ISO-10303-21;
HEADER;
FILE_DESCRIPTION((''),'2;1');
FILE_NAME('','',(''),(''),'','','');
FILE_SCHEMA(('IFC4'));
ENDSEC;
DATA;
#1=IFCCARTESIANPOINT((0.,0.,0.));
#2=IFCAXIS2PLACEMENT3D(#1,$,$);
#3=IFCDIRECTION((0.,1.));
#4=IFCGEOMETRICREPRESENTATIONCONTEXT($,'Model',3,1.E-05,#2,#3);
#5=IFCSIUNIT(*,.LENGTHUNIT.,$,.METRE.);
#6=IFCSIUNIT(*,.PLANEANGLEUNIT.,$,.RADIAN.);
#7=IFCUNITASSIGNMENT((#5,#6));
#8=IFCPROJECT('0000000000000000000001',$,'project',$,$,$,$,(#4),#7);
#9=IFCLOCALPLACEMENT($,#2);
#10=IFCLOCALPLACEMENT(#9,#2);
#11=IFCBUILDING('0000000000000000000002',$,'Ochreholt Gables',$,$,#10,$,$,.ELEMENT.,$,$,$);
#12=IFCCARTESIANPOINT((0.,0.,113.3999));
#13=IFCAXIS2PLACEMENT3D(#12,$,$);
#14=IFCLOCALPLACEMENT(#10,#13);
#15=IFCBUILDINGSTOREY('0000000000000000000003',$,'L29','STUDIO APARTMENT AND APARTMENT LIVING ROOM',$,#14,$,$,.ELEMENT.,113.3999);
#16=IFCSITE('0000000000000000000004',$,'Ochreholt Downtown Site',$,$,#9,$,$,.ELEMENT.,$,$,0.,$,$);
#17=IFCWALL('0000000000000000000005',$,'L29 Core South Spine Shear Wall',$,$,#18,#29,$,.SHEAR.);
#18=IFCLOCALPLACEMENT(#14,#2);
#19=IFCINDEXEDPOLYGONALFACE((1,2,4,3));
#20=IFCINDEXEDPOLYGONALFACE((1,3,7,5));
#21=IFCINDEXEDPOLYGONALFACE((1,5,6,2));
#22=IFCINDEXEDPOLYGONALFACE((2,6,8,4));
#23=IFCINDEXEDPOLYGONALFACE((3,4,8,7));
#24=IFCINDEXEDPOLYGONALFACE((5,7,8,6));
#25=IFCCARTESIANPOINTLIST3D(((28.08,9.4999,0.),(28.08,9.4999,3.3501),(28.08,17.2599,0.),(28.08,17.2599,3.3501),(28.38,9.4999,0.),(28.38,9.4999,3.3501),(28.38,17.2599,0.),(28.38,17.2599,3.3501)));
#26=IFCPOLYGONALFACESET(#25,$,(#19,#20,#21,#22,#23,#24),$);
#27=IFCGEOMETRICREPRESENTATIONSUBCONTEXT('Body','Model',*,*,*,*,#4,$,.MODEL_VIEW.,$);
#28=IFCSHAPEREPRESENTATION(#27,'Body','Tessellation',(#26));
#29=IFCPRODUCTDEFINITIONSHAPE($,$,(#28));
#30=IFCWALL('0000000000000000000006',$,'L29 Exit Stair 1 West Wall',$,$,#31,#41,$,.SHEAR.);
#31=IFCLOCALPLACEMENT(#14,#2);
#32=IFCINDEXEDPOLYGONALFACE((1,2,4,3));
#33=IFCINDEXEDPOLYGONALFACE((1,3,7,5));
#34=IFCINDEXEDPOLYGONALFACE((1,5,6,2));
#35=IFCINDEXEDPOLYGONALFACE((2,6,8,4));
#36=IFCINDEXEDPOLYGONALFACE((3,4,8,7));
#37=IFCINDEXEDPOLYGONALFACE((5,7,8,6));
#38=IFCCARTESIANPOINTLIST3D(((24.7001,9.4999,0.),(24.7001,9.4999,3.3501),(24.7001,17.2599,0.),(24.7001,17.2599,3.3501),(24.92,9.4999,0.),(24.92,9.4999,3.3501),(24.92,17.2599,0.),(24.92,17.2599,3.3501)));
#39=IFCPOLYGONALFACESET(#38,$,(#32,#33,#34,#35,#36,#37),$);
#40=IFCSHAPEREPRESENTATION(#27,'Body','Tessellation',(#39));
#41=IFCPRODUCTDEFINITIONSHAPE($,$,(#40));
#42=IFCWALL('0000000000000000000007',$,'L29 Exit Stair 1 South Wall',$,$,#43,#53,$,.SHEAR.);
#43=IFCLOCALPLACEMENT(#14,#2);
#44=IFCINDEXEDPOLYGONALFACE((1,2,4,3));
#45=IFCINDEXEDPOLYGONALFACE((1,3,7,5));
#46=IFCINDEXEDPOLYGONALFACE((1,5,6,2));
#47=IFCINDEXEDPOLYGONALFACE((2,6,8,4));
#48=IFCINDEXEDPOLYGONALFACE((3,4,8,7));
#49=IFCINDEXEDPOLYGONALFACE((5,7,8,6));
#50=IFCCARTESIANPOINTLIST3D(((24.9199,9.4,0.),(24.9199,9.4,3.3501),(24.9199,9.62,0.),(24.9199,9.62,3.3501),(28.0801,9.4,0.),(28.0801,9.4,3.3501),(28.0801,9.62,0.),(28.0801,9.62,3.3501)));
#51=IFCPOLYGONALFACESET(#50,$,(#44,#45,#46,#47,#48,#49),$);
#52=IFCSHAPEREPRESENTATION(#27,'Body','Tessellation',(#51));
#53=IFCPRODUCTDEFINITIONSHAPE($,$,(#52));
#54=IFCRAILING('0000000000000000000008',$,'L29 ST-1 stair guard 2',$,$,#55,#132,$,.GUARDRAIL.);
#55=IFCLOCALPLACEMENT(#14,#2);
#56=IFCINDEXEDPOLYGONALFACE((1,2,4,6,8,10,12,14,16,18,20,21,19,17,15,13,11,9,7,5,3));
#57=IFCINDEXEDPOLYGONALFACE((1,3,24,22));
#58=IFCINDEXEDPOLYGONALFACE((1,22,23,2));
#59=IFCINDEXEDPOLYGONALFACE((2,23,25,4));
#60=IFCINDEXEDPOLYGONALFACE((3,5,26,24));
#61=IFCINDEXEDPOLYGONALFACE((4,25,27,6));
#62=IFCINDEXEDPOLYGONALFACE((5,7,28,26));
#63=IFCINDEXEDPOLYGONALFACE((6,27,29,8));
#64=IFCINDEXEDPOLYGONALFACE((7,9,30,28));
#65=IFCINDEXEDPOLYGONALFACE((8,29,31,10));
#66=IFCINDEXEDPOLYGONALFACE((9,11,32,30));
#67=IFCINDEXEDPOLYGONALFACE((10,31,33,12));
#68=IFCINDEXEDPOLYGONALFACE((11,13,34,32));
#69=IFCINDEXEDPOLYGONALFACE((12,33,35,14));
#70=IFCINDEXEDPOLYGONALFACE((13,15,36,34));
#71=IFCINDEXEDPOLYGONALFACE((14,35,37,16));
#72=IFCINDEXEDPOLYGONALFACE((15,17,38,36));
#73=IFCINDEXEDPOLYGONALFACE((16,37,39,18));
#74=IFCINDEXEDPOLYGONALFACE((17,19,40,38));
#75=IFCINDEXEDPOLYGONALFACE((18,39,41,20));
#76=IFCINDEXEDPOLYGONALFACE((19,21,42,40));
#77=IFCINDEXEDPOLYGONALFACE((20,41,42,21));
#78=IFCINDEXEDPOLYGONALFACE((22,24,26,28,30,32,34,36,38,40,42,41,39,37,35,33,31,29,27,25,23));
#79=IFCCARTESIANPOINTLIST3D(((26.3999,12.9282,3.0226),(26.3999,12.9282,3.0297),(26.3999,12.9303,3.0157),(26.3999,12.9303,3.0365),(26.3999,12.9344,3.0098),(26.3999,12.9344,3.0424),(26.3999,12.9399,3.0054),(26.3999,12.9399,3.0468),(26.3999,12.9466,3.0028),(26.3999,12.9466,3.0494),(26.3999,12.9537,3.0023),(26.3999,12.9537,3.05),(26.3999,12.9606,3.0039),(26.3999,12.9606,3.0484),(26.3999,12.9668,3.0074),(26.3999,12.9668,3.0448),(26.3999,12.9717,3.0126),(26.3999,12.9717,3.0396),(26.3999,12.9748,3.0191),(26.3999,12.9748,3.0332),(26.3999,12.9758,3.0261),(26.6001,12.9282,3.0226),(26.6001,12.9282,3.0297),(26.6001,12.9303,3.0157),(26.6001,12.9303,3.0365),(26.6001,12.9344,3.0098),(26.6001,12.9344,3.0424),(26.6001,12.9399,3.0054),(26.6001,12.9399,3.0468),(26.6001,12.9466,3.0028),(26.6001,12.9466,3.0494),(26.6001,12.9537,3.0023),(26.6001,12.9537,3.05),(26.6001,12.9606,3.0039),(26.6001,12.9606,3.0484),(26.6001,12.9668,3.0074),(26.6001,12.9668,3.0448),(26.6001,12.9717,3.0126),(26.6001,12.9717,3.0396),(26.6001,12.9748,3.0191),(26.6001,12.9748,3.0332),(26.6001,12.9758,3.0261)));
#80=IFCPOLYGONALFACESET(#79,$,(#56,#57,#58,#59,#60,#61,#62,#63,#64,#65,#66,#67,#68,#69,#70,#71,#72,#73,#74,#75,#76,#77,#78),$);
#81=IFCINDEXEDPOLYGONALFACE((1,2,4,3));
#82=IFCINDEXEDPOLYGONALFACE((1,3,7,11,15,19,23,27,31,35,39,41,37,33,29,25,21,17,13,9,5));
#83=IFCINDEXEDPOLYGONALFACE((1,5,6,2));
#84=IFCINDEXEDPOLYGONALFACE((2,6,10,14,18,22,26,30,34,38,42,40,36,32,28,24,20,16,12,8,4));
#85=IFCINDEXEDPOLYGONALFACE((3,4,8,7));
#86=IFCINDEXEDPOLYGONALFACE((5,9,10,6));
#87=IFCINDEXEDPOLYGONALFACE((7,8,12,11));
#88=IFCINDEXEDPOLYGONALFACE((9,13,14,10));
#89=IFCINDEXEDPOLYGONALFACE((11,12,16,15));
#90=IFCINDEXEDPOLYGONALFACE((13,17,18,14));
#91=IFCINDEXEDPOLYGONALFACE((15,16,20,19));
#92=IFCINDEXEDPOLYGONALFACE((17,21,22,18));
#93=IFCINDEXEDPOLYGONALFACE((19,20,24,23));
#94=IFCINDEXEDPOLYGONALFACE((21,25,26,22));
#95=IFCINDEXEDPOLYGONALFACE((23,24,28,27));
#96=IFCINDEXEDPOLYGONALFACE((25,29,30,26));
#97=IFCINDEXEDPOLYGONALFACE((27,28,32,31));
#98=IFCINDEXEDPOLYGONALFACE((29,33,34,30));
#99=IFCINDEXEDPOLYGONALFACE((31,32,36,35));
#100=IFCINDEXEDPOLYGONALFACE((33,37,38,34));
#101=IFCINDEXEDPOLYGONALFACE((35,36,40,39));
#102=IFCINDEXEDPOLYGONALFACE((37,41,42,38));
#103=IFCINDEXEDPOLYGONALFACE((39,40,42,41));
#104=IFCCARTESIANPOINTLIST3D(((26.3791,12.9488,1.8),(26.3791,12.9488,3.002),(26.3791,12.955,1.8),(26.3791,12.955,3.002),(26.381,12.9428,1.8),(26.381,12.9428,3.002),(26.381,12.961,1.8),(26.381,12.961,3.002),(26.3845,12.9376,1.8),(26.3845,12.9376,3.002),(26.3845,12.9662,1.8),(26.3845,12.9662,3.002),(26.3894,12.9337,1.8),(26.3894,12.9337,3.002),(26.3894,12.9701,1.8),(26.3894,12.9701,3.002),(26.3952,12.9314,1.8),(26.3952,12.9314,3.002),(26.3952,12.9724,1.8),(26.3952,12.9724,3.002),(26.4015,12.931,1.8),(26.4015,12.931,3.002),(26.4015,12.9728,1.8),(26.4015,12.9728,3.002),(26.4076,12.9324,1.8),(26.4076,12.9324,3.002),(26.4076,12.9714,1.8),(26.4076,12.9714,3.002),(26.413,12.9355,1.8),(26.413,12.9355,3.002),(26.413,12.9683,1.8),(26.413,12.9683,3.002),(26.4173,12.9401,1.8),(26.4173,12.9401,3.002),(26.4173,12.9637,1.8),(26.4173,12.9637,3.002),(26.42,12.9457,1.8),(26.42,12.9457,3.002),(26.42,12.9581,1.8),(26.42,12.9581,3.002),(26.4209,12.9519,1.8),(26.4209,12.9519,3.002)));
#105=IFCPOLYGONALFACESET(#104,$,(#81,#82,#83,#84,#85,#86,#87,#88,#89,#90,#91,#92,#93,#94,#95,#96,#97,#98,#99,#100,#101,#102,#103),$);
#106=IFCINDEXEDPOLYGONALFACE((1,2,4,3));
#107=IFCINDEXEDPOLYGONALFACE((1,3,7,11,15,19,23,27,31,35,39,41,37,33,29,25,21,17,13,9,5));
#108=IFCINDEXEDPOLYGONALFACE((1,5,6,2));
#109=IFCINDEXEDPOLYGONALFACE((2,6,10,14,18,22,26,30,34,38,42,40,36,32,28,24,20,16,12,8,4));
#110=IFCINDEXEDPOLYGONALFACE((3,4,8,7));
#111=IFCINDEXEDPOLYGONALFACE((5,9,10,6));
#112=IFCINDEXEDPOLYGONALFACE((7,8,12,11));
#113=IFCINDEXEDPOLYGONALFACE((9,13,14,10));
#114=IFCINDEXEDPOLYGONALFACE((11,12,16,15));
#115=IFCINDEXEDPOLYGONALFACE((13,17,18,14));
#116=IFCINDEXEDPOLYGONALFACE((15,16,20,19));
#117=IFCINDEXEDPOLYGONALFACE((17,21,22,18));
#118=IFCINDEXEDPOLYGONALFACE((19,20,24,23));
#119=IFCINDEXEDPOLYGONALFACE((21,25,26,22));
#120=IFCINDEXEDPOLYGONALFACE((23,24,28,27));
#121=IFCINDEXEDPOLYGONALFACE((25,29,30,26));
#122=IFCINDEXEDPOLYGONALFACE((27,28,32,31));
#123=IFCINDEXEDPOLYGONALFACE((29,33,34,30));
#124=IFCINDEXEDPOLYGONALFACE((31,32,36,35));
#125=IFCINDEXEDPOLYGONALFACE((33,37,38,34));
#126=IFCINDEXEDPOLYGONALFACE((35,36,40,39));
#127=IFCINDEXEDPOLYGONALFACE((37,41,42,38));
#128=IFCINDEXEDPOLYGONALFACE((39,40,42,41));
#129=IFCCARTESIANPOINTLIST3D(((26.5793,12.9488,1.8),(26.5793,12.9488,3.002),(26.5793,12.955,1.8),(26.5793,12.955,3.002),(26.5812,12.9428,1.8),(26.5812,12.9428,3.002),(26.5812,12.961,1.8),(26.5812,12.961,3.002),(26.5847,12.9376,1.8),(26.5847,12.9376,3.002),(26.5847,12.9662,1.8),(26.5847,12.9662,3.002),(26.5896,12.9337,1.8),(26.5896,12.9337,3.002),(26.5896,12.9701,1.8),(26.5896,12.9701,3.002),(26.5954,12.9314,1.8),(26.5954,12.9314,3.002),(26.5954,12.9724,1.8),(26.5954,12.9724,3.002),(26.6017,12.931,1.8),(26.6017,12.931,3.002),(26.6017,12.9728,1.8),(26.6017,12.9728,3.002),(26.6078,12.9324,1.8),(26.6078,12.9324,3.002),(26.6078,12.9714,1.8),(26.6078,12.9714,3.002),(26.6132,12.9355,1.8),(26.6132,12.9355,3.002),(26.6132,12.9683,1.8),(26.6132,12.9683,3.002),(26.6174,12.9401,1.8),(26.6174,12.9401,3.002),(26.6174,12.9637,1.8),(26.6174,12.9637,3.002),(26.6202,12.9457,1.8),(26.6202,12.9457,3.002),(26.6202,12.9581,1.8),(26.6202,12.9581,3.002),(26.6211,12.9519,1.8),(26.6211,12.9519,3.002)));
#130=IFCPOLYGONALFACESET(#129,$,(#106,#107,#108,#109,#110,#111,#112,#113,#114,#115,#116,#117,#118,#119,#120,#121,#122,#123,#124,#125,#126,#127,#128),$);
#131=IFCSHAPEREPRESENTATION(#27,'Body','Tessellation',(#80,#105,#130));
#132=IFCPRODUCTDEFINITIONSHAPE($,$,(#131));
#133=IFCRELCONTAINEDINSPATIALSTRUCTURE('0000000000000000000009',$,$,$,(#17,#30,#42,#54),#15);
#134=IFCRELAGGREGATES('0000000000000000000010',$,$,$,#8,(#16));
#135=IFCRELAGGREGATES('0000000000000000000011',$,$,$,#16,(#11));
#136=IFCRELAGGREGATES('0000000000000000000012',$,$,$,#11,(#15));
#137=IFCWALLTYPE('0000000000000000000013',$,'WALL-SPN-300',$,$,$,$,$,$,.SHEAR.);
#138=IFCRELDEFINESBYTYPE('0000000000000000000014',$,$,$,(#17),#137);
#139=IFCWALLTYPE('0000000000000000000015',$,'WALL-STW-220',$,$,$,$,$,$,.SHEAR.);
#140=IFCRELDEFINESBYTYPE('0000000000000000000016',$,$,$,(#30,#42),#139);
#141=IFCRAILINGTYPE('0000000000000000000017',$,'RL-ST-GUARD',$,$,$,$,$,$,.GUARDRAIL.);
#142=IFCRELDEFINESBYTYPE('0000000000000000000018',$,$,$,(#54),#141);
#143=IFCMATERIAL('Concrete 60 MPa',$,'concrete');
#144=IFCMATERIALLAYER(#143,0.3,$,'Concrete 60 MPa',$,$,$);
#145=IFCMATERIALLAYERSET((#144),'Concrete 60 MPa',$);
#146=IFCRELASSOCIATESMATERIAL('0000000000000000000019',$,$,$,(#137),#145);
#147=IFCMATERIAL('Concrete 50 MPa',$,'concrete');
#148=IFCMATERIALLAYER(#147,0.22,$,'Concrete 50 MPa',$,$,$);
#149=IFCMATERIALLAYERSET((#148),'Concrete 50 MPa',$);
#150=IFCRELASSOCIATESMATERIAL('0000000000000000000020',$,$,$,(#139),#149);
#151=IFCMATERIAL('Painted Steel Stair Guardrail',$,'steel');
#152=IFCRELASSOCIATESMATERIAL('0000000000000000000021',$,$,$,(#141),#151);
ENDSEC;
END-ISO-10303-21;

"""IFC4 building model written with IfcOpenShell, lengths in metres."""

from ifc_helpers import new_model, si_unit, direction, frame, frame_2d, origin, origin_2d, place, context, subcontext, project, spatial, rectangle, circle, extrude, material, layer, layer_set, type_object, element, save


model = new_model("IFC4")

# Units and contexts
model_context = context("Model", 3, precision=1e-05, world=origin(), true_north=direction((0.0, 1.0)))
body_context = subcontext(model_context, "Body", "Model", "MODEL_VIEW")
ifc_project = project(units=[si_unit("LENGTHUNIT", "METRE"), si_unit("PLANEANGLEUNIT", "RADIAN")], contexts=[model_context])

# Site, building, storey
site_placement = place(None, origin())
site = spatial("IfcSite", under=ifc_project, at=site_placement, Name="Ochreholt Downtown Site", CompositionType="ELEMENT", RefElevation=0.0)
building_placement = place(site_placement, origin())
building = spatial("IfcBuilding", under=site, at=building_placement, Name="Ochreholt Gables", CompositionType="ELEMENT")
storey_placement = place(building_placement, frame((0.0, 0.0, 113.3999)))
storey = spatial("IfcBuildingStorey", under=building, at=storey_placement, Name="L29", Description="STUDIO APARTMENT AND APARTMENT LIVING ROOM", CompositionType="ELEMENT", Elevation=113.3999)

# Shared definitions
ifc_material_1 = material(Name="Concrete 60 MPa", Category="concrete")

# Walls
ifc_layer_1 = layer(ifc_material_1, 0.3, Name="Concrete 60 MPa")
ifc_layer_set_1 = layer_set([ifc_layer_1], Name="Concrete 60 MPa")
wall_type_1 = type_object("IfcWallType", Name="WALL-SPN-300", PredefinedType="SHEAR", material=ifc_layer_set_1)
wall_1_placement = place(storey_placement, frame((28.23, 9.5, 0.0), z_axis=(0.0, 0.0, 1.0), x_axis=(0.0, 1.0, 0.0)))
element("IfcWall", 1, at=wall_1_placement, inside=storey, type_object=wall_type_1, Name="L29 Core South Spine Shear Wall", PredefinedType="SHEAR", context=body_context, shape_type="SweptSolid", body=[
    extrude(rectangle(XDim=7.76, YDim=0.3, at=frame_2d((3.8799, 0.0))), origin(), (0.0, 0.0, 1.0), 3.3501),
])
ifc_material_2 = material(Name="Concrete 50 MPa", Category="concrete")
ifc_layer_2 = layer(ifc_material_2, 0.22, Name="Concrete 50 MPa")
ifc_layer_set_2 = layer_set([ifc_layer_2], Name="Concrete 50 MPa")
wall_type_2 = type_object("IfcWallType", Name="WALL-STW-220", PredefinedType="SHEAR", material=ifc_layer_set_2)
wall_2_placement = place(storey_placement, frame((24.8101, 9.5, 0.0), z_axis=(0.0, 0.0, 1.0), x_axis=(0.0, 1.0, 0.0)))
element("IfcWall", 2, at=wall_2_placement, inside=storey, type_object=wall_type_2, Name="L29 Exit Stair 1 West Wall", PredefinedType="SHEAR", context=body_context, shape_type="SweptSolid", body=[
    extrude(rectangle(XDim=7.76, YDim=0.22, at=frame_2d((3.8799, 0.0))), origin(), (0.0, 0.0, 1.0), 3.3501),
])
wall_3_placement = place(storey_placement, frame((24.9199, 9.51, 0.0), z_axis=(0.0, 0.0, 1.0), x_axis=(1.0, 0.0, 0.0)))
element("IfcWall", 3, at=wall_3_placement, inside=storey, type_object=wall_type_2, Name="L29 Exit Stair 1 South Wall", PredefinedType="SHEAR", context=body_context, shape_type="SweptSolid", body=[
    extrude(rectangle(XDim=3.1602, YDim=0.22, at=frame_2d((1.5801, 0.0))), origin(), (0.0, 0.0, 1.0), 3.3501),
])

# Railing
ifc_material_3 = material(Name="Painted Steel Stair Guardrail", Category="steel")
railing_type = type_object("IfcRailingType", Name="RL-ST-GUARD", PredefinedType="GUARDRAIL", material=ifc_material_3)
railing_placement = place(storey_placement, frame((26.3999, 12.9519, 1.8)))
element("IfcRailing", 4, at=railing_placement, inside=storey, type_object=railing_type, Name="L29 ST-1 stair guard 2", PredefinedType="GUARDRAIL", context=body_context, shape_type="SweptSolid", body=[
    extrude(circle(Radius=0.0239, at=origin_2d()), frame((0.0, 0.0, 1.2261), z_axis=(1.0, 0.0, 0.0), x_axis=(0.0, 1.0, 0.0)), (0.0, 0.0, 1.0), 0.2002),
    extrude(circle(Radius=0.021, at=origin_2d()), origin(), (0.0, 0.0, 1.0), 1.2019),
    extrude(circle(Radius=0.021, at=origin_2d()), frame((0.2002, 0.0, 0.0)), (0.0, 0.0, 1.0), 1.2019),
])

save(model, "model.ifc")
